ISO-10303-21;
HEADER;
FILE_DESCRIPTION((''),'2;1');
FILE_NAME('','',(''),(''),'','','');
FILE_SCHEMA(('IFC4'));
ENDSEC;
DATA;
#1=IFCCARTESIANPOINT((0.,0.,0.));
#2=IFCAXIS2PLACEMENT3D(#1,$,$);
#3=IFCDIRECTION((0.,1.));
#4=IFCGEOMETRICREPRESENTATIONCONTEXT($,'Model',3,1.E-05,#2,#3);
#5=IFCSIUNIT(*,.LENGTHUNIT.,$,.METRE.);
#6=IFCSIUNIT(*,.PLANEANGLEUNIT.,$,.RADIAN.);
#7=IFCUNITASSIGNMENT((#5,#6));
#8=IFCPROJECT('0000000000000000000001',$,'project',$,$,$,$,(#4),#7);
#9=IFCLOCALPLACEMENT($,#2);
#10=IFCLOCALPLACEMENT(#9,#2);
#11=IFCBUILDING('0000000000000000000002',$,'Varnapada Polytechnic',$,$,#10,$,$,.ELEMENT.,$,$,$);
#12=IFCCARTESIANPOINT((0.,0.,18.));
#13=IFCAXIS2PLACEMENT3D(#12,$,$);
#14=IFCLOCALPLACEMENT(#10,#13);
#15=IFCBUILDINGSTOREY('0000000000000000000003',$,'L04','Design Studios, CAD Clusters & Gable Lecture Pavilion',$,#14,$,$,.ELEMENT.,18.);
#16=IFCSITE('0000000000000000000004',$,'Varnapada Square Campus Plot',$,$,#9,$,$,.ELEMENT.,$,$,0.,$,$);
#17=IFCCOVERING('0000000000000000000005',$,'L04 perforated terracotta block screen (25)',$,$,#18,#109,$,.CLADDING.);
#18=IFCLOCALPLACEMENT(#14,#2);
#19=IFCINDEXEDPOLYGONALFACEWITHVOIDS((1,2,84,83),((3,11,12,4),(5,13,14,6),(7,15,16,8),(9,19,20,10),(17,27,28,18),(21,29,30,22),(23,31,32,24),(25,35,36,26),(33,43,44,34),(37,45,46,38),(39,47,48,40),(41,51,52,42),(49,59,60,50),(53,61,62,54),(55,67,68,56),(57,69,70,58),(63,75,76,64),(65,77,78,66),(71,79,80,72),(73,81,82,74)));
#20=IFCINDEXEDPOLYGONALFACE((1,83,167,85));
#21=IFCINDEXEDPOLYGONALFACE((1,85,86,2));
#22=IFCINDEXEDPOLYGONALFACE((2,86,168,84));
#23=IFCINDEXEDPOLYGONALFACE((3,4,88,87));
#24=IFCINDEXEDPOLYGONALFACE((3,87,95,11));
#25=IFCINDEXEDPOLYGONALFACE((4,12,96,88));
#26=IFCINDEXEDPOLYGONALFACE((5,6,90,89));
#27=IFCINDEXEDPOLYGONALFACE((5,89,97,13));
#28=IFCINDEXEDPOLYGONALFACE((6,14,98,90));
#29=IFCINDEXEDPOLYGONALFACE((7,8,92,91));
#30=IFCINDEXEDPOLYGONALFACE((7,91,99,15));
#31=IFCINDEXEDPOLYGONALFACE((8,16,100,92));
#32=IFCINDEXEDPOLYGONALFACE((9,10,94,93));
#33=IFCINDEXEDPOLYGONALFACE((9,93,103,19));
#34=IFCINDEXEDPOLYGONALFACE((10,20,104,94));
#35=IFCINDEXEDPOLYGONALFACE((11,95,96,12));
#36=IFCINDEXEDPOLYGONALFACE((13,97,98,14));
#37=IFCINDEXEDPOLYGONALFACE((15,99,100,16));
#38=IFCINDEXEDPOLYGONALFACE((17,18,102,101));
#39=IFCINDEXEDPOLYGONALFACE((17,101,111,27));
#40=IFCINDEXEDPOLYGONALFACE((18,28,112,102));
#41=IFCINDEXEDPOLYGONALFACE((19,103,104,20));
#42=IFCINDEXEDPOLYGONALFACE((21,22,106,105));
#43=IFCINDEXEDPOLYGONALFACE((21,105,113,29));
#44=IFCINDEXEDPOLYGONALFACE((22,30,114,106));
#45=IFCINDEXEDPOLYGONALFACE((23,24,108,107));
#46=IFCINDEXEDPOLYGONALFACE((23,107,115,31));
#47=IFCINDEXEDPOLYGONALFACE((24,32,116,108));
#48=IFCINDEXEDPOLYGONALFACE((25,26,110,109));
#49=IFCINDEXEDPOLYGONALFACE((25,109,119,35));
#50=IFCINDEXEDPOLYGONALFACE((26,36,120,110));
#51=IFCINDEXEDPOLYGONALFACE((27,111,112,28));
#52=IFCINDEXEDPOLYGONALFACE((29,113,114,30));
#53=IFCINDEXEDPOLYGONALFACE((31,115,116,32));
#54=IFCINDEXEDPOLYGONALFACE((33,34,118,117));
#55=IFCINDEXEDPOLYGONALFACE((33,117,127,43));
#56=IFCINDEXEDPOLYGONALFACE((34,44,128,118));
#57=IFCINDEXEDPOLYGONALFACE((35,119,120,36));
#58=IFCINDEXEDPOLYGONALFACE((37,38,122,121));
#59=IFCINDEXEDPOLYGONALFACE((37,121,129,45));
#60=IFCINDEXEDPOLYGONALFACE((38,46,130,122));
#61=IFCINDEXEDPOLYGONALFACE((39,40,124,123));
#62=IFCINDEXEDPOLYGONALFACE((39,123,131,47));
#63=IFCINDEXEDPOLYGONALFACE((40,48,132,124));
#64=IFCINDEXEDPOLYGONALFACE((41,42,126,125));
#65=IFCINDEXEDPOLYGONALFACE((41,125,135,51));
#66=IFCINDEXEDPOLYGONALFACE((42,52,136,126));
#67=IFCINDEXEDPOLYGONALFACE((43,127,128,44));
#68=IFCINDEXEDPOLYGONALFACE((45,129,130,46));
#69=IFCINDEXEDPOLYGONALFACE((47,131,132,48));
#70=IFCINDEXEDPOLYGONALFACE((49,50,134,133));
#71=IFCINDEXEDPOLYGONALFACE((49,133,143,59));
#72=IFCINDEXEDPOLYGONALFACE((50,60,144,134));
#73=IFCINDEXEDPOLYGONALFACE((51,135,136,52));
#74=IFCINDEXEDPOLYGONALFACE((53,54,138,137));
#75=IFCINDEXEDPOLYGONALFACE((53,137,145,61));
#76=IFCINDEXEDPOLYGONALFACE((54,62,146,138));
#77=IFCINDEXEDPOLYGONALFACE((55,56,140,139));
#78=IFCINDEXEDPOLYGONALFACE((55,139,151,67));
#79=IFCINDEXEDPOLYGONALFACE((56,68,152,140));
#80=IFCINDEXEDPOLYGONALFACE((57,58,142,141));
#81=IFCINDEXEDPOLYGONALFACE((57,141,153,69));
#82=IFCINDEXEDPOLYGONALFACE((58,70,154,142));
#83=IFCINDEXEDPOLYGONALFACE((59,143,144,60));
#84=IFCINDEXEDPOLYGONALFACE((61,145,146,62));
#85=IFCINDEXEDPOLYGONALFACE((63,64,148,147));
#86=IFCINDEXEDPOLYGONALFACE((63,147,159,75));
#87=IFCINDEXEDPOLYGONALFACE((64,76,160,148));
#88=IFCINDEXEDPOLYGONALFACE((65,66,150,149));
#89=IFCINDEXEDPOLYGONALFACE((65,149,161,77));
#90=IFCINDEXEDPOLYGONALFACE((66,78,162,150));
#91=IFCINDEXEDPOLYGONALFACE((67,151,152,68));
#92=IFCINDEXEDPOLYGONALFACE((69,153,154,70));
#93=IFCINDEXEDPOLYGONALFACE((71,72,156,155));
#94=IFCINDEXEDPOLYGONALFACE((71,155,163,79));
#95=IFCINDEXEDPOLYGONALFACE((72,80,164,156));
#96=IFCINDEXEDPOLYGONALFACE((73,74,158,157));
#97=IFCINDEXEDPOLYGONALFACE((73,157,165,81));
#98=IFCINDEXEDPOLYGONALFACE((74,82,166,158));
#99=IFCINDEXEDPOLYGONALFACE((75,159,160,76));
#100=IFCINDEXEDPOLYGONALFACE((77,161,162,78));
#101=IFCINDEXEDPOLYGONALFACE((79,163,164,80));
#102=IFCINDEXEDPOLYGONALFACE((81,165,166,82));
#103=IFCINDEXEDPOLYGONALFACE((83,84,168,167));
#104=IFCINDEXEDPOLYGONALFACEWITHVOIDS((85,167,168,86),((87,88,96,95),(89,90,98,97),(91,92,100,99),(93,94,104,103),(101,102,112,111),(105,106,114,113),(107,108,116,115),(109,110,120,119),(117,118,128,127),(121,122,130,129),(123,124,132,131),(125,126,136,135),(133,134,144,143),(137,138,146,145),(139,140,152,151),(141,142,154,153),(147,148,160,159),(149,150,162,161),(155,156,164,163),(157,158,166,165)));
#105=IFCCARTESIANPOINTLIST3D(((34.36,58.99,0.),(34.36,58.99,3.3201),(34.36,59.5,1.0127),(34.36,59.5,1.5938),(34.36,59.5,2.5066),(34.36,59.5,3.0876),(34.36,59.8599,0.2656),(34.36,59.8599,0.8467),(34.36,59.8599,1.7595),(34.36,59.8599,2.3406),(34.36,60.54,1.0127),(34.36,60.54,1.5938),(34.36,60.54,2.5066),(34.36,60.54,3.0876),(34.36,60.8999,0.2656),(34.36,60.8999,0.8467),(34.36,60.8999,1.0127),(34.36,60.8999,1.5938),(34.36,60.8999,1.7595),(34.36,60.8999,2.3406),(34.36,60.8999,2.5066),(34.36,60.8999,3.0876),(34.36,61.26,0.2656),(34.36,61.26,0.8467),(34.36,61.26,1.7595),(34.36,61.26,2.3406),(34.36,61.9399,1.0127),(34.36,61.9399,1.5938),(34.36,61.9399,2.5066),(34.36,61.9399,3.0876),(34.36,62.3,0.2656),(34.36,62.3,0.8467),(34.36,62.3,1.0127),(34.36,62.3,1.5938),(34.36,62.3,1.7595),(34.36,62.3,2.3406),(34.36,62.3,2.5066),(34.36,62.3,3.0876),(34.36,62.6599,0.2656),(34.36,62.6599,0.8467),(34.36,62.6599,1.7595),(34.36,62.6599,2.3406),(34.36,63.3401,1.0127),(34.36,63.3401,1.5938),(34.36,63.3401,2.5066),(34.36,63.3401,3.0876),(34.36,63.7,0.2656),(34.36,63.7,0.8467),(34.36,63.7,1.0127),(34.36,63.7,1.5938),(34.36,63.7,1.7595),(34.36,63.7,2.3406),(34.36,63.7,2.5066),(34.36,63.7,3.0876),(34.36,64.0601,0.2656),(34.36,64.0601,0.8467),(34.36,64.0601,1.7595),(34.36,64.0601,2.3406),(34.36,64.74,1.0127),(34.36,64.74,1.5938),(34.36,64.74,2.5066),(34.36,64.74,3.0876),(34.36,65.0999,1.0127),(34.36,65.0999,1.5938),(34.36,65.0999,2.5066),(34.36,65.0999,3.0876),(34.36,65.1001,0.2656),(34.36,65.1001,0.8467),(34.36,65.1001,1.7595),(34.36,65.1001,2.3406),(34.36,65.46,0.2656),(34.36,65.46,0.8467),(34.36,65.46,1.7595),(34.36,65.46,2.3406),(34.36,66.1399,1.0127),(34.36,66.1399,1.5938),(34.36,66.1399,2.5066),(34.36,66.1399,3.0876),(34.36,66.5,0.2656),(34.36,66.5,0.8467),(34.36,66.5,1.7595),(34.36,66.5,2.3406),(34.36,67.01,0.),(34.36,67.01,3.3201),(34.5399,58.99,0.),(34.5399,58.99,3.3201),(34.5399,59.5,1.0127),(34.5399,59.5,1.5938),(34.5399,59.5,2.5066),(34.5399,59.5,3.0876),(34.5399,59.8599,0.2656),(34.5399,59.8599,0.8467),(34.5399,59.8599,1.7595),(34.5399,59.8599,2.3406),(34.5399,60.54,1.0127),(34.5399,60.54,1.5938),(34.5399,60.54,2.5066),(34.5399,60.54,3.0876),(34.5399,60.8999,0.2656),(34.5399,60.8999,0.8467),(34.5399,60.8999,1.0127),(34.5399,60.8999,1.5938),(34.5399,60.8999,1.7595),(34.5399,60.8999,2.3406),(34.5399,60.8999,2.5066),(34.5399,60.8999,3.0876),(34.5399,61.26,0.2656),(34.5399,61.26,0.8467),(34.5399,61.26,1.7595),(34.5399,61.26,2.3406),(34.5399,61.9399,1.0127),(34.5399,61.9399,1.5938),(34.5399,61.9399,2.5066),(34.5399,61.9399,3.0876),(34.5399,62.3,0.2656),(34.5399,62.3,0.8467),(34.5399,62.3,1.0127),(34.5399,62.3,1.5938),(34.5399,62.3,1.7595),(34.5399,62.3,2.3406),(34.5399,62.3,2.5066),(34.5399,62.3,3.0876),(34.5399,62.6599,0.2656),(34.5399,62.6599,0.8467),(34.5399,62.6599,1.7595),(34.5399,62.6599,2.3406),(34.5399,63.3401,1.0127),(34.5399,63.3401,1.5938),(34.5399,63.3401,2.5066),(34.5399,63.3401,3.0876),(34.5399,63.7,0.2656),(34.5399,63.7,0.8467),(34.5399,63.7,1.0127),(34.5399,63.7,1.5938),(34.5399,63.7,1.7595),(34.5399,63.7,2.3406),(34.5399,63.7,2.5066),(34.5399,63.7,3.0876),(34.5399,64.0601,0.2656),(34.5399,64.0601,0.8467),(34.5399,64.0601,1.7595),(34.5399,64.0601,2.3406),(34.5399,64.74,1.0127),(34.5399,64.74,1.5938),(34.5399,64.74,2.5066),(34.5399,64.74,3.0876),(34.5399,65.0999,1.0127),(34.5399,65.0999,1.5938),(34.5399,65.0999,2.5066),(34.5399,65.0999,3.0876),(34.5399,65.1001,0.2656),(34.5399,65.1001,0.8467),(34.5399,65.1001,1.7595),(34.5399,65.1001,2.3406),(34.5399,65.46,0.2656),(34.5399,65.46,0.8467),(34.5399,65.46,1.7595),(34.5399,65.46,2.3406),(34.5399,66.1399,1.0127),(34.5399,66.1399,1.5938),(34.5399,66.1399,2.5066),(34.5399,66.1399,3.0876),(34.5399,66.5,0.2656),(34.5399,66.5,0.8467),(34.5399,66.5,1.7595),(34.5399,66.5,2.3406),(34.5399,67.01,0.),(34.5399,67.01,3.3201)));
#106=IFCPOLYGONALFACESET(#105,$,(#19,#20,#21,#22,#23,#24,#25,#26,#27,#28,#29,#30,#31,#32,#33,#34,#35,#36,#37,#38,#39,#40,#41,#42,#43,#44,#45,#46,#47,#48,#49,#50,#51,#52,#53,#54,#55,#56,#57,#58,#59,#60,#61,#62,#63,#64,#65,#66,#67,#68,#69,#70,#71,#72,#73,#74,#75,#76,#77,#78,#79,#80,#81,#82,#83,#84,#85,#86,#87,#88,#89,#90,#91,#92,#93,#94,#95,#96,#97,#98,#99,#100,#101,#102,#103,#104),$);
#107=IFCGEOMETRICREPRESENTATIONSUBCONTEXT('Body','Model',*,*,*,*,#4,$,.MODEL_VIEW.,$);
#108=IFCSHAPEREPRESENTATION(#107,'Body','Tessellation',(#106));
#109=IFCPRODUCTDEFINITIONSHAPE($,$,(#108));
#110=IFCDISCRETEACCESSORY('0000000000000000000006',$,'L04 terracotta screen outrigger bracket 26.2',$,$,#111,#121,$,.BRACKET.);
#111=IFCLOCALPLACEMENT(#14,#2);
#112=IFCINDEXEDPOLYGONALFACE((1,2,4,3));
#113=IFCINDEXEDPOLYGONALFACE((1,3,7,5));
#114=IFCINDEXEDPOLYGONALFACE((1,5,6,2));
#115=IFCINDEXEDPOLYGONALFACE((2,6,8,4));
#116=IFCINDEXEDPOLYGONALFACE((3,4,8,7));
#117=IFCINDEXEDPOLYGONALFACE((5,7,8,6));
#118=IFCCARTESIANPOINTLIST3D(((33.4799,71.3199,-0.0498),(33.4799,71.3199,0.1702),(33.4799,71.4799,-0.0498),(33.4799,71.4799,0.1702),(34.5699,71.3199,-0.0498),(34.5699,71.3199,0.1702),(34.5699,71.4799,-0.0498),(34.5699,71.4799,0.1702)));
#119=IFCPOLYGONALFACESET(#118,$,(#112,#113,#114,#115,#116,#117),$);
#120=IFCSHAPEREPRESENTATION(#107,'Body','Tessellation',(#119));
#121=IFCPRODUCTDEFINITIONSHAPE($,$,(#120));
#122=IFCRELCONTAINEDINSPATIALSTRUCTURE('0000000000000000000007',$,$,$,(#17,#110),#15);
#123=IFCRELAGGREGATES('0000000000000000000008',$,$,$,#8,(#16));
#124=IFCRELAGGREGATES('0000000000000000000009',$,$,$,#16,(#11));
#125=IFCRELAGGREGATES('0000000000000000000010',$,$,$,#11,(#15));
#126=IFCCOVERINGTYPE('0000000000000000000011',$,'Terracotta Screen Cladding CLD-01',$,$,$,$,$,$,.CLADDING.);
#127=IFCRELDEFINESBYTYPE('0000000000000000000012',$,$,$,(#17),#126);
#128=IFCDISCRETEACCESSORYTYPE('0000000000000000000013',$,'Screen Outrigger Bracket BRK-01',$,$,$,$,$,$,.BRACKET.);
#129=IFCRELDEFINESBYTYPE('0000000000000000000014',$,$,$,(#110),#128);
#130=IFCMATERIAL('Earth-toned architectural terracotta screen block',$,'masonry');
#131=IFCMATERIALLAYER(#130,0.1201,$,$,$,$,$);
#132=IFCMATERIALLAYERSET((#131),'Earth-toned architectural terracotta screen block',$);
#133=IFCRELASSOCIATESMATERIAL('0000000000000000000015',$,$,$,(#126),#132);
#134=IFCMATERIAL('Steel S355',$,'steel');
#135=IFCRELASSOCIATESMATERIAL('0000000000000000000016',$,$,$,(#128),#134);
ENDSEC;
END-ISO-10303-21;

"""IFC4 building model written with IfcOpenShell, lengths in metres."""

from ifc_helpers import new_model, si_unit, direction, frame, frame_2d, origin, origin_2d, place, context, subcontext, project, spatial, rectangle, extrude, material, layer, layer_set, type_object, element, save


model = new_model("IFC4")

# Units and contexts
model_context = context("Model", 3, precision=1e-05, world=origin(), true_north=direction((0.0, 1.0)))
body_context = subcontext(model_context, "Body", "Model", "MODEL_VIEW")
ifc_project = project(units=[si_unit("LENGTHUNIT", "METRE"), si_unit("PLANEANGLEUNIT", "RADIAN")], contexts=[model_context])

# Site, building, storey
site_placement = place(None, origin())
site = spatial("IfcSite", under=ifc_project, at=site_placement, Name="Varnapada Square Campus Plot", CompositionType="ELEMENT", RefElevation=0.0)
building_placement = place(site_placement, origin())
building = spatial("IfcBuilding", under=site, at=building_placement, Name="Varnapada Polytechnic", CompositionType="ELEMENT")
storey_placement = place(building_placement, frame((0.0, 0.0, 18.0)))
storey = spatial("IfcBuildingStorey", under=building, at=storey_placement, Name="L04", Description="Design Studios, CAD Clusters & Gable Lecture Pavilion", CompositionType="ELEMENT", Elevation=18.0)

# Covering, openings
ifc_material_1 = material(Name="Earth-toned architectural terracotta screen block", Category="masonry")
ifc_layer_1 = layer(ifc_material_1, 0.1201)
ifc_layer_set_1 = layer_set([ifc_layer_1], Name="Earth-toned architectural terracotta screen block")
covering_type_1 = type_object("IfcCoveringType", Name="Terracotta Screen Cladding CLD-01", PredefinedType="CLADDING", material=ifc_layer_set_1)
covering_1_placement = place(storey_placement, frame((34.45, 67.01, 0.0), z_axis=(0.0, 0.0, 1.0), x_axis=(0.0, -1.0, 0.0)))
covering_1 = element("IfcCovering", 1, at=covering_1_placement, inside=storey, type_object=covering_type_1, Name="L04 perforated terracotta block screen (25)", PredefinedType="CLADDING", context=body_context, shape_type="SweptSolid", body=[
    extrude(rectangle(XDim=8.02, YDim=0.1799, at=frame_2d((4.01, 0.0))), origin(), (0.0, 0.0, 1.0), 3.3201),
])
opening_1_placement = place(covering_1_placement, frame((0.51, 0.0, 0.2656)))
element("IfcOpeningElement", 2, at=opening_1_placement, cuts=covering_1, PredefinedType="OPENING", context=body_context, shape_type="SweptSolid", body=[
    extrude(rectangle(XDim=1.04, YDim=0.5811, at=frame_2d((0.52, 0.2905))), frame((0.0, 0.0999, 0.0), z_axis=(0.0, -1.0, 0.0), x_axis=(1.0, 0.0, 0.0)), (0.0, 0.0, 1.0), 0.2),
])
opening_2_placement = place(covering_1_placement, frame((1.9099, 0.0, 0.2656)))
element("IfcOpeningElement", 3, at=opening_2_placement, cuts=covering_1, PredefinedType="OPENING", context=body_context, shape_type="SweptSolid", body=[
    extrude(rectangle(XDim=1.04, YDim=0.5811, at=frame_2d((0.52, 0.2905))), frame((0.0, 0.0999, 0.0), z_axis=(0.0, -1.0, 0.0), x_axis=(1.0, 0.0, 0.0)), (0.0, 0.0, 1.0), 0.2),
])
opening_3_placement = place(covering_1_placement, frame((3.3101, 0.0, 0.2656)))
element("IfcOpeningElement", 4, at=opening_3_placement, cuts=covering_1, PredefinedType="OPENING", context=body_context, shape_type="SweptSolid", body=[
    extrude(rectangle(XDim=1.04, YDim=0.5811, at=frame_2d((0.52, 0.2905))), frame((0.0, 0.0999, 0.0), z_axis=(0.0, -1.0, 0.0), x_axis=(1.0, 0.0, 0.0)), (0.0, 0.0, 1.0), 0.2),
])
opening_4_placement = place(covering_1_placement, frame((4.71, 0.0, 0.2656)))
element("IfcOpeningElement", 5, at=opening_4_placement, cuts=covering_1, PredefinedType="OPENING", context=body_context, shape_type="SweptSolid", body=[
    extrude(rectangle(XDim=1.04, YDim=0.5811, at=frame_2d((0.52, 0.2905))), frame((0.0, 0.0999, 0.0), z_axis=(0.0, -1.0, 0.0), x_axis=(1.0, 0.0, 0.0)), (0.0, 0.0, 1.0), 0.2),
])
opening_5_placement = place(covering_1_placement, frame((6.1101, 0.0, 0.2656)))
element("IfcOpeningElement", 6, at=opening_5_placement, cuts=covering_1, PredefinedType="OPENING", context=body_context, shape_type="SweptSolid", body=[
    extrude(rectangle(XDim=1.04, YDim=0.5811, at=frame_2d((0.52, 0.2905))), frame((0.0, 0.0999, 0.0), z_axis=(0.0, -1.0, 0.0), x_axis=(1.0, 0.0, 0.0)), (0.0, 0.0, 1.0), 0.2),
])
opening_6_placement = place(covering_1_placement, frame((0.8701, 0.0, 1.0127)))
element("IfcOpeningElement", 7, at=opening_6_placement, cuts=covering_1, PredefinedType="OPENING", context=body_context, shape_type="SweptSolid", body=[
    extrude(rectangle(XDim=1.04, YDim=0.5811, at=frame_2d((0.52, 0.2905))), frame((0.0, 0.0999, 0.0), z_axis=(0.0, -1.0, 0.0), x_axis=(1.0, 0.0, 0.0)), (0.0, 0.0, 1.0), 0.2),
])
opening_7_placement = place(covering_1_placement, frame((2.27, 0.0, 1.0127)))
element("IfcOpeningElement", 8, at=opening_7_placement, cuts=covering_1, PredefinedType="OPENING", context=body_context, shape_type="SweptSolid", body=[
    extrude(rectangle(XDim=1.04, YDim=0.5811, at=frame_2d((0.52, 0.2905))), frame((0.0, 0.0999, 0.0), z_axis=(0.0, -1.0, 0.0), x_axis=(1.0, 0.0, 0.0)), (0.0, 0.0, 1.0), 0.2),
])
opening_8_placement = place(covering_1_placement, frame((3.6699, 0.0, 1.0127)))
element("IfcOpeningElement", 9, at=opening_8_placement, cuts=covering_1, PredefinedType="OPENING", context=body_context, shape_type="SweptSolid", body=[
    extrude(rectangle(XDim=1.04, YDim=0.5811, at=frame_2d((0.52, 0.2905))), frame((0.0, 0.0999, 0.0), z_axis=(0.0, -1.0, 0.0), x_axis=(1.0, 0.0, 0.0)), (0.0, 0.0, 1.0), 0.2),
])
opening_9_placement = place(covering_1_placement, frame((5.0701, 0.0, 1.0127)))
element("IfcOpeningElement", 10, at=opening_9_placement, cuts=covering_1, PredefinedType="OPENING", context=body_context, shape_type="SweptSolid", body=[
    extrude(rectangle(XDim=1.04, YDim=0.5811, at=frame_2d((0.52, 0.2905))), frame((0.0, 0.0999, 0.0), z_axis=(0.0, -1.0, 0.0), x_axis=(1.0, 0.0, 0.0)), (0.0, 0.0, 1.0), 0.2),
])
opening_10_placement = place(covering_1_placement, frame((6.47, 0.0, 1.0127)))
element("IfcOpeningElement", 11, at=opening_10_placement, cuts=covering_1, PredefinedType="OPENING", context=body_context, shape_type="SweptSolid", body=[
    extrude(rectangle(XDim=1.04, YDim=0.5811, at=frame_2d((0.52, 0.2905))), frame((0.0, 0.0999, 0.0), z_axis=(0.0, -1.0, 0.0), x_axis=(1.0, 0.0, 0.0)), (0.0, 0.0, 1.0), 0.2),
])
opening_11_placement = place(covering_1_placement, frame((0.51, 0.0, 1.7595)))
element("IfcOpeningElement", 12, at=opening_11_placement, cuts=covering_1, PredefinedType="OPENING", context=body_context, shape_type="SweptSolid", body=[
    extrude(rectangle(XDim=1.04, YDim=0.5811, at=frame_2d((0.52, 0.2905))), frame((0.0, 0.0999, 0.0), z_axis=(0.0, -1.0, 0.0), x_axis=(1.0, 0.0, 0.0)), (0.0, 0.0, 1.0), 0.2),
])
opening_12_placement = place(covering_1_placement, frame((1.9099, 0.0, 1.7595)))
element("IfcOpeningElement", 13, at=opening_12_placement, cuts=covering_1, PredefinedType="OPENING", context=body_context, shape_type="SweptSolid", body=[
    extrude(rectangle(XDim=1.04, YDim=0.5811, at=frame_2d((0.52, 0.2905))), frame((0.0, 0.0999, 0.0), z_axis=(0.0, -1.0, 0.0), x_axis=(1.0, 0.0, 0.0)), (0.0, 0.0, 1.0), 0.2),
])
opening_13_placement = place(covering_1_placement, frame((3.3101, 0.0, 1.7595)))
element("IfcOpeningElement", 14, at=opening_13_placement, cuts=covering_1, PredefinedType="OPENING", context=body_context, shape_type="SweptSolid", body=[
    extrude(rectangle(XDim=1.04, YDim=0.5811, at=frame_2d((0.52, 0.2905))), frame((0.0, 0.0999, 0.0), z_axis=(0.0, -1.0, 0.0), x_axis=(1.0, 0.0, 0.0)), (0.0, 0.0, 1.0), 0.2),
])
opening_14_placement = place(covering_1_placement, frame((4.71, 0.0, 1.7595)))
element("IfcOpeningElement", 15, at=opening_14_placement, cuts=covering_1, PredefinedType="OPENING", context=body_context, shape_type="SweptSolid", body=[
    extrude(rectangle(XDim=1.04, YDim=0.5811, at=frame_2d((0.52, 0.2905))), frame((0.0, 0.0999, 0.0), z_axis=(0.0, -1.0, 0.0), x_axis=(1.0, 0.0, 0.0)), (0.0, 0.0, 1.0), 0.2),
])
opening_15_placement = place(covering_1_placement, frame((6.1101, 0.0, 1.7595)))
element("IfcOpeningElement", 16, at=opening_15_placement, cuts=covering_1, PredefinedType="OPENING", context=body_context, shape_type="SweptSolid", body=[
    extrude(rectangle(XDim=1.04, YDim=0.5811, at=frame_2d((0.52, 0.2905))), frame((0.0, 0.0999, 0.0), z_axis=(0.0, -1.0, 0.0), x_axis=(1.0, 0.0, 0.0)), (0.0, 0.0, 1.0), 0.2),
])
opening_16_placement = place(covering_1_placement, frame((0.8701, 0.0, 2.5066)))
element("IfcOpeningElement", 17, at=opening_16_placement, cuts=covering_1, PredefinedType="OPENING", context=body_context, shape_type="SweptSolid", body=[
    extrude(rectangle(XDim=1.04, YDim=0.5811, at=frame_2d((0.52, 0.2905))), frame((0.0, 0.0999, 0.0), z_axis=(0.0, -1.0, 0.0), x_axis=(1.0, 0.0, 0.0)), (0.0, 0.0, 1.0), 0.2),
])
opening_17_placement = place(covering_1_placement, frame((2.27, 0.0, 2.5066)))
element("IfcOpeningElement", 18, at=opening_17_placement, cuts=covering_1, PredefinedType="OPENING", context=body_context, shape_type="SweptSolid", body=[
    extrude(rectangle(XDim=1.04, YDim=0.5811, at=frame_2d((0.52, 0.2905))), frame((0.0, 0.0999, 0.0), z_axis=(0.0, -1.0, 0.0), x_axis=(1.0, 0.0, 0.0)), (0.0, 0.0, 1.0), 0.2),
])
opening_18_placement = place(covering_1_placement, frame((3.6699, 0.0, 2.5066)))
element("IfcOpeningElement", 19, at=opening_18_placement, cuts=covering_1, PredefinedType="OPENING", context=body_context, shape_type="SweptSolid", body=[
    extrude(rectangle(XDim=1.04, YDim=0.5811, at=frame_2d((0.52, 0.2905))), frame((0.0, 0.0999, 0.0), z_axis=(0.0, -1.0, 0.0), x_axis=(1.0, 0.0, 0.0)), (0.0, 0.0, 1.0), 0.2),
])
opening_19_placement = place(covering_1_placement, frame((5.0701, 0.0, 2.5066)))
element("IfcOpeningElement", 20, at=opening_19_placement, cuts=covering_1, PredefinedType="OPENING", context=body_context, shape_type="SweptSolid", body=[
    extrude(rectangle(XDim=1.04, YDim=0.5811, at=frame_2d((0.52, 0.2905))), frame((0.0, 0.0999, 0.0), z_axis=(0.0, -1.0, 0.0), x_axis=(1.0, 0.0, 0.0)), (0.0, 0.0, 1.0), 0.2),
])
opening_20_placement = place(covering_1_placement, frame((6.47, 0.0, 2.5066)))
element("IfcOpeningElement", 21, at=opening_20_placement, cuts=covering_1, PredefinedType="OPENING", context=body_context, shape_type="SweptSolid", body=[
    extrude(rectangle(XDim=1.04, YDim=0.5811, at=frame_2d((0.52, 0.2905))), frame((0.0, 0.0999, 0.0), z_axis=(0.0, -1.0, 0.0), x_axis=(1.0, 0.0, 0.0)), (0.0, 0.0, 1.0), 0.2),
])

# Discrete accessory
ifc_material_2 = material(Name="Steel S355", Category="steel")
discrete_accessory_type = type_object("IfcDiscreteAccessoryType", Name="Screen Outrigger Bracket BRK-01", PredefinedType="BRACKET", material=ifc_material_2)
for number, where, z_axis, x_axis, name in (
    (22, (34.0249, 71.3999, -0.0498), (0.0, 0.0, 1.0), (0.0, -1.0, 0.0), "L04 terracotta screen outrigger bracket 26.2"),
):
    element("IfcDiscreteAccessory", number, at=place(storey_placement, frame(where, z_axis=z_axis, x_axis=x_axis)), inside=storey, type_object=discrete_accessory_type, Name=name, PredefinedType="BRACKET", context=body_context, shape_type="SweptSolid", body=[
        extrude(rectangle(XDim=0.1599, YDim=1.0901, at=origin_2d()), origin(), (0.0, 0.0, 1.0), 0.22),
    ])

save(model, "model.ifc")
